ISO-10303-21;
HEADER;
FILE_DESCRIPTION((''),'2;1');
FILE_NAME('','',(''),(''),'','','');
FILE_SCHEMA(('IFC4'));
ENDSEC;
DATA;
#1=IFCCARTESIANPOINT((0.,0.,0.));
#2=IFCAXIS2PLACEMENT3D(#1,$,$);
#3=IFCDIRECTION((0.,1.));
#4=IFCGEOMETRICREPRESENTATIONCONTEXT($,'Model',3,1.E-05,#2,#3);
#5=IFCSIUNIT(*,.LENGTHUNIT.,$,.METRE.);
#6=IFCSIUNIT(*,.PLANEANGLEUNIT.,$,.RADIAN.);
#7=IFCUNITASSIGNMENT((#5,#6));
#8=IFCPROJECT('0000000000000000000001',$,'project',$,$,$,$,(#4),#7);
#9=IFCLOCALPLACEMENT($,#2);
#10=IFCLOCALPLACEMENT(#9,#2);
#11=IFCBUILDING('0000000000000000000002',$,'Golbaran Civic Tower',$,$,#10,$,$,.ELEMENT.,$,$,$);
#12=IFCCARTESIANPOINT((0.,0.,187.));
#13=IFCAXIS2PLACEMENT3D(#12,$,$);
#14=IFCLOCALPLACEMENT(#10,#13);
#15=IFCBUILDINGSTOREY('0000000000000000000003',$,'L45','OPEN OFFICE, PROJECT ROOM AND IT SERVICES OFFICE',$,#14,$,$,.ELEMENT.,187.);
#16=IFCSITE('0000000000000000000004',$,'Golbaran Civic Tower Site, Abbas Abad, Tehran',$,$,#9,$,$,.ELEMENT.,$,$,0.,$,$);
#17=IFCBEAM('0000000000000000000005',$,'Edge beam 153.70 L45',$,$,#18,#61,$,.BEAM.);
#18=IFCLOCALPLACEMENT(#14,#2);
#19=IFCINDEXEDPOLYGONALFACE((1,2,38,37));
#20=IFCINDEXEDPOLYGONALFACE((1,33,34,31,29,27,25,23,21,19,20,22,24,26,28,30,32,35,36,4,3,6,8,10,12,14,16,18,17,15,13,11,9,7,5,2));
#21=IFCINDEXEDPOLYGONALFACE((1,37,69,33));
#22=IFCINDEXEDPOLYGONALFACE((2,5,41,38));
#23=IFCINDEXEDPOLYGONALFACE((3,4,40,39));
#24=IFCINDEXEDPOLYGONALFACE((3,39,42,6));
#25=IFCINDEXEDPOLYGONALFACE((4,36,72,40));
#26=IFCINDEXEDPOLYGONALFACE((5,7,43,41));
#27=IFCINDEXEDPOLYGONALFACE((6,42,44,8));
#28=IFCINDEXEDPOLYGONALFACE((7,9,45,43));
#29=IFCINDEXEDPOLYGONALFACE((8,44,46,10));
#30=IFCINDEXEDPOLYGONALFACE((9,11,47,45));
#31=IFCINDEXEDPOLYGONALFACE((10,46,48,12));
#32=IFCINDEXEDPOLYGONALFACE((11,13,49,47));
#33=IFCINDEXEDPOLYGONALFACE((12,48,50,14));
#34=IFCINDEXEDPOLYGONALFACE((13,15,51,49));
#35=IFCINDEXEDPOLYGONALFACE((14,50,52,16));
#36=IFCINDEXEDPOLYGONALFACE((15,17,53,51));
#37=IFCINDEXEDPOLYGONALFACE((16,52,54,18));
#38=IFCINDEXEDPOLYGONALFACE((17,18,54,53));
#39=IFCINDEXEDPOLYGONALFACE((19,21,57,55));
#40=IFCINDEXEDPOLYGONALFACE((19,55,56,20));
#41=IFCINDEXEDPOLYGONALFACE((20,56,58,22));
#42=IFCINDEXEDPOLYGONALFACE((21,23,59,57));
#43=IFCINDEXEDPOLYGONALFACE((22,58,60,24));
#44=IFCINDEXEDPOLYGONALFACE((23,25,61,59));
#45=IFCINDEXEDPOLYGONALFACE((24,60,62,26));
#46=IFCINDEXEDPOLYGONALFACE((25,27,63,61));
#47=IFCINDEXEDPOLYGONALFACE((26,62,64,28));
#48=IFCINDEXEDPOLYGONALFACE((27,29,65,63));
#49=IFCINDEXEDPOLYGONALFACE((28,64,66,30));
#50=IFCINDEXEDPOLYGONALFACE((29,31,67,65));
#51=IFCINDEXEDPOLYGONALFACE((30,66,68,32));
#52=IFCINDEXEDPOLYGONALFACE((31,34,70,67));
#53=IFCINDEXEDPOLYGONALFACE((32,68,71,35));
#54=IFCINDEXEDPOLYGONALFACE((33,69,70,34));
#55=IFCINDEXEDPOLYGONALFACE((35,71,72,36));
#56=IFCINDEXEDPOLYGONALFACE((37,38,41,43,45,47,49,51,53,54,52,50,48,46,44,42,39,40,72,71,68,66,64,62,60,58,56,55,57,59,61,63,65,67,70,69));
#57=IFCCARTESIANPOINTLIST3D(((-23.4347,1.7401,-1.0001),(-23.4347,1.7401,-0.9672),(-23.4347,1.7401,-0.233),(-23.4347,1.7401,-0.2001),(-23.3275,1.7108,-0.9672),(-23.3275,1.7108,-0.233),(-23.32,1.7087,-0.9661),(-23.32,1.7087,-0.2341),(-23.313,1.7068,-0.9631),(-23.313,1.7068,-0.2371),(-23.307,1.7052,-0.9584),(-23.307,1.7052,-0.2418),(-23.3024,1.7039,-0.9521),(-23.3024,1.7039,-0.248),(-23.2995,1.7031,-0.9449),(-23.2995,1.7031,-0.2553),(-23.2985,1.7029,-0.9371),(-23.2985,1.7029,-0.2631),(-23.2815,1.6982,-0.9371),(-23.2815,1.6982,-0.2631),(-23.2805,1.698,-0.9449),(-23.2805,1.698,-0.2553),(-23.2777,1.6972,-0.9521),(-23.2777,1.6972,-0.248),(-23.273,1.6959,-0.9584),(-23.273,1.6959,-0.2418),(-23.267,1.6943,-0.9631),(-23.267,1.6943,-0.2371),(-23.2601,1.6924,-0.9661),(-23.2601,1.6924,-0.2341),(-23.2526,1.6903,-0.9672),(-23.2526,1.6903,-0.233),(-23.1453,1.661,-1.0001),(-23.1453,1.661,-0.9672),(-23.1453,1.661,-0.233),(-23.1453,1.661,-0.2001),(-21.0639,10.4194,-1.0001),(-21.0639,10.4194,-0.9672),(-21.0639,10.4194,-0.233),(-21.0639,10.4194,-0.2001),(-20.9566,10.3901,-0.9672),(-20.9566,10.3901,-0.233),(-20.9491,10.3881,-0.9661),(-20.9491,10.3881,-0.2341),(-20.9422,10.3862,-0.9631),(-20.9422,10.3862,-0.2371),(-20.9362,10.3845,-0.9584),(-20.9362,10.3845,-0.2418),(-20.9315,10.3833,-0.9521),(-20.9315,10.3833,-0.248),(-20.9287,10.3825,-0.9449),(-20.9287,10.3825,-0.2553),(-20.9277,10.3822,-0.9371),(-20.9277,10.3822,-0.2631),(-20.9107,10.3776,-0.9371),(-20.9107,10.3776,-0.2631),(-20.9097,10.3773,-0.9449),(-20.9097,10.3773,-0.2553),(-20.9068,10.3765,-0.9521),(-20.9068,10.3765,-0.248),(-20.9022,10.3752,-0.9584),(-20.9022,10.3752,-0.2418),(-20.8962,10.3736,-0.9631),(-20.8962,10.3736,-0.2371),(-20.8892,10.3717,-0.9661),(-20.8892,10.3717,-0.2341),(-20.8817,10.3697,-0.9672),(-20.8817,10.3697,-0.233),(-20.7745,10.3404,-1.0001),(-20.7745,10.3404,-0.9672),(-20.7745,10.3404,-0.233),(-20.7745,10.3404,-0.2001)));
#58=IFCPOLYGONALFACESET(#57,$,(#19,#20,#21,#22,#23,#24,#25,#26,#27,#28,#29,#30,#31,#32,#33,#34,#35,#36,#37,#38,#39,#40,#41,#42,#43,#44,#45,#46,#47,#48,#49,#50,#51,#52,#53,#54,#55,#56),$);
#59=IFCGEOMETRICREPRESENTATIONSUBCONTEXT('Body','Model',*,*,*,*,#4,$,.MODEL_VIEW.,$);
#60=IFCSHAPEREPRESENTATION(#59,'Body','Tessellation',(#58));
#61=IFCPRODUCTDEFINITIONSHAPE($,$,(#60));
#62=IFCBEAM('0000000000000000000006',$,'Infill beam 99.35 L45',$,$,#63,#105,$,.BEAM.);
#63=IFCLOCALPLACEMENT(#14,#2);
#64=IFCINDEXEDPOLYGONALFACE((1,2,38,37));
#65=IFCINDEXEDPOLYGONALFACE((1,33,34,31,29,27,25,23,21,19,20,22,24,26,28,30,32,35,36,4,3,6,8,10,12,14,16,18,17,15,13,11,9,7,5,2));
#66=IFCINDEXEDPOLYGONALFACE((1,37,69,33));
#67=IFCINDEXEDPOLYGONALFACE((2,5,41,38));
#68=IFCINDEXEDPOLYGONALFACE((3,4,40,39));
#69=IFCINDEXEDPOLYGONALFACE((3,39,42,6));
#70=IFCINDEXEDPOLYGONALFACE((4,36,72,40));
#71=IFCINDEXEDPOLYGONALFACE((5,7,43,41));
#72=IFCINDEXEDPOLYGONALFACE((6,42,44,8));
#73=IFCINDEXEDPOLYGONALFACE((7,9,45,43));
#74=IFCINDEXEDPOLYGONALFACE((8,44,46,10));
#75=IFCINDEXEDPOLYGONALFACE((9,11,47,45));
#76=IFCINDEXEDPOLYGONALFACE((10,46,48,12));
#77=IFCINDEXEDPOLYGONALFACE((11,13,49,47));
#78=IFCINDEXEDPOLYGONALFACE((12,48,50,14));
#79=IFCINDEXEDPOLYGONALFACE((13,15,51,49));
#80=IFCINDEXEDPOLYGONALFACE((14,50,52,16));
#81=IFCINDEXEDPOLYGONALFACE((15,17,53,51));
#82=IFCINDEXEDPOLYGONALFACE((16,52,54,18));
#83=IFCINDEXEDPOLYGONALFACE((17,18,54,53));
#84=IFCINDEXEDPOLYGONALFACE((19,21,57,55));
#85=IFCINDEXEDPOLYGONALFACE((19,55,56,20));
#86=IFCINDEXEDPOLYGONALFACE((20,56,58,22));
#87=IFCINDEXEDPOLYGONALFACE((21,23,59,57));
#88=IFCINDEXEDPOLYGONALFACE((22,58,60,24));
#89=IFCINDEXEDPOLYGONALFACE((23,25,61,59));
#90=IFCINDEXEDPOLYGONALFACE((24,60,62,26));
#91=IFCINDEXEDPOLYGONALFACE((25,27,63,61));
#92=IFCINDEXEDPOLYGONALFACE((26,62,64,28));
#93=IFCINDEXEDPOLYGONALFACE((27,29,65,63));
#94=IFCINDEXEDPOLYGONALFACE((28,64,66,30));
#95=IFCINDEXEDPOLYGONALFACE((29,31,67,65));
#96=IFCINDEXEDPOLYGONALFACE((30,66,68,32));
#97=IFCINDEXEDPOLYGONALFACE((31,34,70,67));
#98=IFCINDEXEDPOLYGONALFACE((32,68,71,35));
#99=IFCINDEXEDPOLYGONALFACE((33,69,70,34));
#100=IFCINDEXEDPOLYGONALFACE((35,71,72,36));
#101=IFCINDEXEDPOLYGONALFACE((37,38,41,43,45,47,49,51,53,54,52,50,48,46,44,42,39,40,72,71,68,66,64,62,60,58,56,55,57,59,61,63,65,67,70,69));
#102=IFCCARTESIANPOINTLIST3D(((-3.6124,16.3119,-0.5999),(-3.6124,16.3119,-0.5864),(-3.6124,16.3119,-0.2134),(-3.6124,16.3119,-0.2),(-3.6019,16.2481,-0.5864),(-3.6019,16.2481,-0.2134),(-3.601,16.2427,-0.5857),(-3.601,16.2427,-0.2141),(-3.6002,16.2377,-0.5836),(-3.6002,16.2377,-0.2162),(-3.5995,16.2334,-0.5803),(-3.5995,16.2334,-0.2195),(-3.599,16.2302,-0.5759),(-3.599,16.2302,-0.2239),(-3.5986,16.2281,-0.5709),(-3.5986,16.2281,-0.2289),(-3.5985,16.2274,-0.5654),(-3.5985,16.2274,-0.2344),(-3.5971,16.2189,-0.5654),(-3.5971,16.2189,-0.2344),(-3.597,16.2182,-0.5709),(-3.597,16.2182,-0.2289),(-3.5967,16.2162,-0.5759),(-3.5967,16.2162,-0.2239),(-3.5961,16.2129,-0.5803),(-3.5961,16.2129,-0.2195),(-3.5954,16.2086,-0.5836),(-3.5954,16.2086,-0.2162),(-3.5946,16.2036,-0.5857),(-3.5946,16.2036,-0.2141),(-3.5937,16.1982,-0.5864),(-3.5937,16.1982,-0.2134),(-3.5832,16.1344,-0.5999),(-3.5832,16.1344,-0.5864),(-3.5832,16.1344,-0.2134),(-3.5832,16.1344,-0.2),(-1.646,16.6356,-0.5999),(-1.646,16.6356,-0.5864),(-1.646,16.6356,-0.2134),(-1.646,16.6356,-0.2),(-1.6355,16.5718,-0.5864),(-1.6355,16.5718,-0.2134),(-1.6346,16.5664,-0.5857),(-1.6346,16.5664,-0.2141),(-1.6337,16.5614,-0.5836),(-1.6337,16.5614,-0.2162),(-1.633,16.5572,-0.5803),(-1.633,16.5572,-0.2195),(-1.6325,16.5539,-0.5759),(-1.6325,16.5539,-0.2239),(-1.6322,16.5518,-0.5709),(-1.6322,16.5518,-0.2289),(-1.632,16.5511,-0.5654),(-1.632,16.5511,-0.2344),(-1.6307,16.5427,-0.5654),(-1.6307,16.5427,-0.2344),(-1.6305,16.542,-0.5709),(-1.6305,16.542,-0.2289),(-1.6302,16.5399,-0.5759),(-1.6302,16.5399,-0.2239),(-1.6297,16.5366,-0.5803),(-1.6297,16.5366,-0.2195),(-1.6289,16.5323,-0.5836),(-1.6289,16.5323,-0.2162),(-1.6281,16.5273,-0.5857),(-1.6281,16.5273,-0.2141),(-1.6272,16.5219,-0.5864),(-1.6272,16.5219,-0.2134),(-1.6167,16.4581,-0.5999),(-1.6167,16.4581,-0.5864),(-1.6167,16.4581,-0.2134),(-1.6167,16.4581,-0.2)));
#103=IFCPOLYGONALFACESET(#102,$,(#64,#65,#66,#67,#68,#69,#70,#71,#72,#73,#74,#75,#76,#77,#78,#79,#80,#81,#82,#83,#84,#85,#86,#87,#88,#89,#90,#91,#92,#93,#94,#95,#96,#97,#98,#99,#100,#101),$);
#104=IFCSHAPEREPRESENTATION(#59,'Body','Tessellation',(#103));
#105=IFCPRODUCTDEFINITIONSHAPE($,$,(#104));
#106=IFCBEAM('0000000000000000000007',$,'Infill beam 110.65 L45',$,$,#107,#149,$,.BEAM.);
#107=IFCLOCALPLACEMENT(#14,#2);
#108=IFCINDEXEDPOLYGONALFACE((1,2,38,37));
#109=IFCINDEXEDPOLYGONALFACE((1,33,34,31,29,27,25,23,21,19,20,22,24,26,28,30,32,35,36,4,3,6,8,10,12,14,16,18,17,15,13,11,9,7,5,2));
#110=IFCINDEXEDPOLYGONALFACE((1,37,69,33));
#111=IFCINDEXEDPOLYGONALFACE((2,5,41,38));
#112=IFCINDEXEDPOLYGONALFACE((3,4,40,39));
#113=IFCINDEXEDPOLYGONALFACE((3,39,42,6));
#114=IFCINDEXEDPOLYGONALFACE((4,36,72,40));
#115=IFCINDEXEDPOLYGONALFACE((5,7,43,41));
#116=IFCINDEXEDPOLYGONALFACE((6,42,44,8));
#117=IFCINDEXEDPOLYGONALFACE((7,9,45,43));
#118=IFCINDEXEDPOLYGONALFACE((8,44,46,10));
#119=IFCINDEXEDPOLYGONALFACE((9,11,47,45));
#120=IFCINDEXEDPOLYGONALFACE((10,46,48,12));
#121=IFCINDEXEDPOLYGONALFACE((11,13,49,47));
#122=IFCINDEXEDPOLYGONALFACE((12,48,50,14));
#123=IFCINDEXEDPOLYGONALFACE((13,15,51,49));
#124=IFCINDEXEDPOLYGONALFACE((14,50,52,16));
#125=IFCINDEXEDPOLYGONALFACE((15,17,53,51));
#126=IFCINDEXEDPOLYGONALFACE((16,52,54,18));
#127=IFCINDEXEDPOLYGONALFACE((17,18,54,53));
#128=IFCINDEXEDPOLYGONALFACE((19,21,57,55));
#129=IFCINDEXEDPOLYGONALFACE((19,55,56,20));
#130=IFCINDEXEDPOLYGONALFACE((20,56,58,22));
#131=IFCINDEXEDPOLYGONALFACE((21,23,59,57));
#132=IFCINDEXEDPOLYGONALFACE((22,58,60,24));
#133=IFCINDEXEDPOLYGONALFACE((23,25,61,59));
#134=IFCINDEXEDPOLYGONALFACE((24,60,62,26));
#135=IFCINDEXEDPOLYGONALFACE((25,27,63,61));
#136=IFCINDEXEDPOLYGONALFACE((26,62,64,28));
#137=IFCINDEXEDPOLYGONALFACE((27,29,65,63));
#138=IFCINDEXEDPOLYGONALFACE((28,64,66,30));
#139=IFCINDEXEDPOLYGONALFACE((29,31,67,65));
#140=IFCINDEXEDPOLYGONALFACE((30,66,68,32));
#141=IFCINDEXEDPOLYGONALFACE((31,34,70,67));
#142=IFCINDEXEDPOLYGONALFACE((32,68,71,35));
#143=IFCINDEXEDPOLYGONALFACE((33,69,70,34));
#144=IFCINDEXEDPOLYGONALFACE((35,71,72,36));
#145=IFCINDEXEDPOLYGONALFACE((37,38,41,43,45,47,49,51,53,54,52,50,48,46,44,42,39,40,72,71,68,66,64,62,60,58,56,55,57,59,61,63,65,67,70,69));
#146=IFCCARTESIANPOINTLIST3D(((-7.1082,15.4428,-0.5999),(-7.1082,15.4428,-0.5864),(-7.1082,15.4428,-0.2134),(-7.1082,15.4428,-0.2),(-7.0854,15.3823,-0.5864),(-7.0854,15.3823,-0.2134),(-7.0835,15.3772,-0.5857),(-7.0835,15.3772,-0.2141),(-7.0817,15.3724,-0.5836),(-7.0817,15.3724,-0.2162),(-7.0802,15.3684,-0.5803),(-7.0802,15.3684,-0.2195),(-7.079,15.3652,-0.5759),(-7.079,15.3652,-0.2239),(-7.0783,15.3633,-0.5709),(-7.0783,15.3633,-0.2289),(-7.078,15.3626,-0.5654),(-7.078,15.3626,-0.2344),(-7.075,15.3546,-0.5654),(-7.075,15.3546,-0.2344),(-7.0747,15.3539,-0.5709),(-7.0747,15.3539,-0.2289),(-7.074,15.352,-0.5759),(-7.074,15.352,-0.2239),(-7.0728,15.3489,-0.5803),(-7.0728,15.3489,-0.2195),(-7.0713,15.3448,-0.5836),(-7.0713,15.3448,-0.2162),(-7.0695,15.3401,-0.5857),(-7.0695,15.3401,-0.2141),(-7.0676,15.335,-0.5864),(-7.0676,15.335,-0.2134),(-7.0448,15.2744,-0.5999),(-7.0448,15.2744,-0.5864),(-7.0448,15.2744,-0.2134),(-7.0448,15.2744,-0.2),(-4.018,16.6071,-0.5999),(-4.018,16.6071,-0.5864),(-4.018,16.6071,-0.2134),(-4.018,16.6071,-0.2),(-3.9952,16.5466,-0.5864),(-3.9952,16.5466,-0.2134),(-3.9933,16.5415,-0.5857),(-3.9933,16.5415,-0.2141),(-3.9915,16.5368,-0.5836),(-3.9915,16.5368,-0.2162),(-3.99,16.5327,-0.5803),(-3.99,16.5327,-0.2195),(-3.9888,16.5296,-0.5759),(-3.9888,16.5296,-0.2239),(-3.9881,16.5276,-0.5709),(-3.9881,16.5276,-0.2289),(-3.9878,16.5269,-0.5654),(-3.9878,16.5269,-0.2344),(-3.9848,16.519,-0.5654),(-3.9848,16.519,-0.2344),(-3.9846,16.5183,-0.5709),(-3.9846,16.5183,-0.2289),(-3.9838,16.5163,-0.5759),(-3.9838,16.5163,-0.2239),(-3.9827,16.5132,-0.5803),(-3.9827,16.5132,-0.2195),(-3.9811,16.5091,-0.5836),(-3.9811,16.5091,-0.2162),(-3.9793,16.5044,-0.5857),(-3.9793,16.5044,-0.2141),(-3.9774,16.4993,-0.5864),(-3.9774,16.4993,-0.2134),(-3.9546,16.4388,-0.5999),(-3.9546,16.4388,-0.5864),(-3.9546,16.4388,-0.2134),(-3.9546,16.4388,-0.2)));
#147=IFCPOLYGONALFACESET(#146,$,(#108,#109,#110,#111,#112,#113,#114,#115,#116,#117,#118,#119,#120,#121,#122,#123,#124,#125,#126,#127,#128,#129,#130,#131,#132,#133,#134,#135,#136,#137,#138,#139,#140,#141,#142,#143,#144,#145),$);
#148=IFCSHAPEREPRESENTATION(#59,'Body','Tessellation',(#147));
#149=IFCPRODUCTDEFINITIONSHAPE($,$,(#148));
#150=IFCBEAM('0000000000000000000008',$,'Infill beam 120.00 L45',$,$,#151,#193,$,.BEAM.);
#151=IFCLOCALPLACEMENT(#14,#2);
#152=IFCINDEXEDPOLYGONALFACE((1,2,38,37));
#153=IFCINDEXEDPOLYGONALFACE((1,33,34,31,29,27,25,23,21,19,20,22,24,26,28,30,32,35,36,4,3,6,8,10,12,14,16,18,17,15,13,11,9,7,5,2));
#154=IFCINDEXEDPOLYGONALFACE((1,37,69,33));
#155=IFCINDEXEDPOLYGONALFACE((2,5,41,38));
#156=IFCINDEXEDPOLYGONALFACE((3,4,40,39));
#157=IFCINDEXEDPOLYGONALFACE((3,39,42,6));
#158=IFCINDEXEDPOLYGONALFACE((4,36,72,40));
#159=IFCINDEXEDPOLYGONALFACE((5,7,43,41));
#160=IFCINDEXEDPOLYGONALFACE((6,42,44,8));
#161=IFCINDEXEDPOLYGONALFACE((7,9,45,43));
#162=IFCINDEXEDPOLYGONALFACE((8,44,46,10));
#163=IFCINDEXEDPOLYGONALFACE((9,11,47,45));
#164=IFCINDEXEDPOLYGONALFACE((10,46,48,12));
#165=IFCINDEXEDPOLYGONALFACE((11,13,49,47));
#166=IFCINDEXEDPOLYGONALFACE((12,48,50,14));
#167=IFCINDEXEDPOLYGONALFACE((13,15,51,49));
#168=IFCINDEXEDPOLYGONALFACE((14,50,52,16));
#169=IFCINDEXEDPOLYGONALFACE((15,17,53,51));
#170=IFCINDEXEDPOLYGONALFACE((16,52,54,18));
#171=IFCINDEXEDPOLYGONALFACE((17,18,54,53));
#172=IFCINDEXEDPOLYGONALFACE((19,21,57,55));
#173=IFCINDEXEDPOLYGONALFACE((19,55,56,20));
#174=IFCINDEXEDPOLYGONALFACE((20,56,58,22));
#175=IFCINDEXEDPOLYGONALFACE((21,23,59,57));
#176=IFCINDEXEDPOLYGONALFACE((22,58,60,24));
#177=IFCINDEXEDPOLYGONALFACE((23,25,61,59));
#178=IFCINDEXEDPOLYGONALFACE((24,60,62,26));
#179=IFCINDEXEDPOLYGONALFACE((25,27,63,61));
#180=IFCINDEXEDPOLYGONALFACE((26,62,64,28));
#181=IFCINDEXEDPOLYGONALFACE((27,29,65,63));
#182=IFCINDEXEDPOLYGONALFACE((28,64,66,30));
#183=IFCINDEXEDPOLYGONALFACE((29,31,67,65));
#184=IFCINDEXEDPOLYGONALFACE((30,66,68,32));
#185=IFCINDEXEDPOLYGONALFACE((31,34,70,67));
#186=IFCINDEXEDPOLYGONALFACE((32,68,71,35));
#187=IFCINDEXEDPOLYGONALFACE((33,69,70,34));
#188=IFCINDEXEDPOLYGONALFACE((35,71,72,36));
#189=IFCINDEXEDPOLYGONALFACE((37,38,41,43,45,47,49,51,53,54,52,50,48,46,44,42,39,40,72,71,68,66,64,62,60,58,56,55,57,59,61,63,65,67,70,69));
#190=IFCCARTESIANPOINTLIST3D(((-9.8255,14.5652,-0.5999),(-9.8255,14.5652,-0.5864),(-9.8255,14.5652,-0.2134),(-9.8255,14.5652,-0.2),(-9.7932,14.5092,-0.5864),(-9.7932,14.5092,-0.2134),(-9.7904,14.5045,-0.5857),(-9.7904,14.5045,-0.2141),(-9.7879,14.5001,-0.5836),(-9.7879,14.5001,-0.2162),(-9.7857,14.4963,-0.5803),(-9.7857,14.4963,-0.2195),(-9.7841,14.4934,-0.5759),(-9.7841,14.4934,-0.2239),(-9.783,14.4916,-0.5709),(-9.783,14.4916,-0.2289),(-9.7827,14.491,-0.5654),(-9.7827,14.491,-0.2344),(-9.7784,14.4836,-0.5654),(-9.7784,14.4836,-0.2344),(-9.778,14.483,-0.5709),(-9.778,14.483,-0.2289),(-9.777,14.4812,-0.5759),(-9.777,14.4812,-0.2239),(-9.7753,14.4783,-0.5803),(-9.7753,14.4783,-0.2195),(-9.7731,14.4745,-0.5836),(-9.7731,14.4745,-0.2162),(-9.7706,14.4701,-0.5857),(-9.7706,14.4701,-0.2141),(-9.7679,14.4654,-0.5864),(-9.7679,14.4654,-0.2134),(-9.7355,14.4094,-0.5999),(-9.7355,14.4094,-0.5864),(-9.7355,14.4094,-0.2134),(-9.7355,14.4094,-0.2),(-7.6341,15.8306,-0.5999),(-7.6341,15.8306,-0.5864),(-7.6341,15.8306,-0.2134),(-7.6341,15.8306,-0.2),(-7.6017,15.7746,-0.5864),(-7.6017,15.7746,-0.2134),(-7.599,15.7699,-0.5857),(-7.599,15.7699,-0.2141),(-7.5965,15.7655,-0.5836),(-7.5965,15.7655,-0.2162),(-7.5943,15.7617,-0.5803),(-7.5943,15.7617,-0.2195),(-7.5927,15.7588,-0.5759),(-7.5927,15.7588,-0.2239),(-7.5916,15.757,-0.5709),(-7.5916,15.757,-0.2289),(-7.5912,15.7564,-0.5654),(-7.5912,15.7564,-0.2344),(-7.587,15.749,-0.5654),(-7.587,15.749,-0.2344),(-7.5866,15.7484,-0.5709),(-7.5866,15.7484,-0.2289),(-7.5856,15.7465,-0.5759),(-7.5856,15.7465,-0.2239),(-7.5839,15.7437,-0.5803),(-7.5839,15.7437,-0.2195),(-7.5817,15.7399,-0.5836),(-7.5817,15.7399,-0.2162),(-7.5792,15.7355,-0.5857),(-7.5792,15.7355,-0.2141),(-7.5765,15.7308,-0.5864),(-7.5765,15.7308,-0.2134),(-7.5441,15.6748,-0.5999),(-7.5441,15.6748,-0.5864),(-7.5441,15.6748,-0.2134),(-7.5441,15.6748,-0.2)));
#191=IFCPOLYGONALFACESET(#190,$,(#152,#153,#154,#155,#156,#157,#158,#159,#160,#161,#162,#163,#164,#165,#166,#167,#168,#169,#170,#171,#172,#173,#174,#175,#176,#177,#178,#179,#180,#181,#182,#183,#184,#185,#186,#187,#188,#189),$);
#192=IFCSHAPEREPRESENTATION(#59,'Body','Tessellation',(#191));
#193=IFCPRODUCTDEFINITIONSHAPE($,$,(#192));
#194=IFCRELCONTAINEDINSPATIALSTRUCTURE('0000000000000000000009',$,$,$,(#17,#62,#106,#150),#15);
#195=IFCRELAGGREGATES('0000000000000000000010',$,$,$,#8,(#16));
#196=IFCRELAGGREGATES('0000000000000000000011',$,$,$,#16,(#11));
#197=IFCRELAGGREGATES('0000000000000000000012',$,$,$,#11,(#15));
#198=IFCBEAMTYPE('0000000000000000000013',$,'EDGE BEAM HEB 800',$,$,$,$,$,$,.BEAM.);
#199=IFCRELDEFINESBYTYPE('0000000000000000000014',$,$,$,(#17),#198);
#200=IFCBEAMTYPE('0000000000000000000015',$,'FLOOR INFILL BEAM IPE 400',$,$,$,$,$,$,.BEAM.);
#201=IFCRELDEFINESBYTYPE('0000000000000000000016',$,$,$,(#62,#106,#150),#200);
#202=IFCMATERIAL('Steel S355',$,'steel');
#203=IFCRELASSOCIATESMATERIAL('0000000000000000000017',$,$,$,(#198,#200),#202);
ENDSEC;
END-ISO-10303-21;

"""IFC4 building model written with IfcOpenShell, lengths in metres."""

from ifc_helpers import new_model, si_unit, direction, frame, origin, origin_2d, place, context, subcontext, project, spatial, i_section, extrude, material, material_profile, profile_set, type_object, element, save


model = new_model("IFC4")

# Units and contexts
model_context = context("Model", 3, precision=1e-05, world=origin(), true_north=direction((0.0, 1.0)))
body_context = subcontext(model_context, "Body", "Model", "MODEL_VIEW")
ifc_project = project(units=[si_unit("LENGTHUNIT", "METRE"), si_unit("PLANEANGLEUNIT", "RADIAN")], contexts=[model_context])

# Site, building, storey
site_placement = place(None, origin())
site = spatial("IfcSite", under=ifc_project, at=site_placement, Name="Golbaran Civic Tower Site, Abbas Abad, Tehran", CompositionType="ELEMENT", RefElevation=0.0)
building_placement = place(site_placement, origin())
building = spatial("IfcBuilding", under=site, at=building_placement, Name="Golbaran Civic Tower", CompositionType="ELEMENT")
storey_placement = place(building_placement, frame((0.0, 0.0, 187.0)))
storey = spatial("IfcBuildingStorey", under=building, at=storey_placement, Name="L45", Description="OPEN OFFICE, PROJECT ROOM AND IT SERVICES OFFICE", CompositionType="ELEMENT", Elevation=187.0)

# Beams
ifc_material_1 = material(Name="Steel S355", Category="steel")
ifc_material_profile_1 = material_profile(ifc_material_1, i_section(OverallWidth=0.3, OverallDepth=0.8, WebThickness=0.0176, FlangeThickness=0.033, FilletRadius=0.03, at=origin_2d()), Name="HEB 800")
ifc_profile_set_1 = profile_set([ifc_material_profile_1], Name="Steel S355")
beam_type_1 = type_object("IfcBeamType", Name="EDGE BEAM HEB 800", PredefinedType="BEAM", material=ifc_profile_set_1)
beam_1_placement = place(storey_placement, frame((-20.9192, 10.3799, -0.6001), z_axis=(-0.263503, -0.964659, 0.0), x_axis=(0.964659, -0.263503, 0.0)))
element("IfcBeam", 1, at=beam_1_placement, inside=storey, type_object=beam_type_1, Name="Edge beam 153.70 L45", PredefinedType="BEAM", context=body_context, shape_type="SweptSolid", body=[
    extrude(i_section(OverallWidth=0.3, OverallDepth=0.8, WebThickness=0.0176, FlangeThickness=0.033, FilletRadius=0.03, at=origin_2d()), origin(), (0.0, 0.0, 1.0), 8.9973),
])
ifc_material_profile_2 = material_profile(ifc_material_1, i_section(OverallWidth=0.1799, OverallDepth=0.3999, WebThickness=0.0085, FlangeThickness=0.0134, FilletRadius=0.021, at=origin_2d()), Name="IPE 400")
ifc_profile_set_2 = profile_set([ifc_material_profile_2], Name="Steel S355")
beam_type_2 = type_object("IfcBeamType", Name="FLOOR INFILL BEAM IPE 400", PredefinedType="BEAM", material=ifc_profile_set_2)
beam_2_placement = place(storey_placement, frame((-1.6313, 16.5469, -0.3999), z_axis=(-0.98672, -0.162432, 0.0), x_axis=(0.162432, -0.98672, 0.0)))
element("IfcBeam", 2, at=beam_2_placement, inside=storey, type_object=beam_type_2, Name="Infill beam 99.35 L45", PredefinedType="BEAM", context=body_context, shape_type="SweptSolid", body=[
    extrude(i_section(OverallWidth=0.1799, OverallDepth=0.3999, WebThickness=0.0085, FlangeThickness=0.0134, FilletRadius=0.021, at=origin_2d()), origin(), (0.0, 0.0, 1.0), 1.9929),
])
beam_3_placement = place(storey_placement, frame((-3.9863, 16.5229, -0.3999), z_axis=(-0.935778, -0.35259, 0.0), x_axis=(0.35259, -0.935778, 0.0)))
element("IfcBeam", 3, at=beam_3_placement, inside=storey, type_object=beam_type_2, Name="Infill beam 110.65 L45", PredefinedType="BEAM", context=body_context, shape_type="SweptSolid", body=[
    extrude(i_section(OverallWidth=0.1799, OverallDepth=0.3999, WebThickness=0.0085, FlangeThickness=0.0134, FilletRadius=0.021, at=origin_2d()), origin(), (0.0, 0.0, 1.0), 3.3022),
])
beam_4_placement = place(storey_placement, frame((-7.5891, 15.7527, -0.3999), z_axis=(-0.865996, -0.500051, 0.0), x_axis=(0.500051, -0.865996, 0.0)))
element("IfcBeam", 4, at=beam_4_placement, inside=storey, type_object=beam_type_2, Name="Infill beam 120.00 L45", PredefinedType="BEAM", context=body_context, shape_type="SweptSolid", body=[
    extrude(i_section(OverallWidth=0.1799, OverallDepth=0.3999, WebThickness=0.0085, FlangeThickness=0.0134, FilletRadius=0.021, at=origin_2d()), origin(), (0.0, 0.0, 1.0), 2.5305),
])

save(model, "model.ifc")
